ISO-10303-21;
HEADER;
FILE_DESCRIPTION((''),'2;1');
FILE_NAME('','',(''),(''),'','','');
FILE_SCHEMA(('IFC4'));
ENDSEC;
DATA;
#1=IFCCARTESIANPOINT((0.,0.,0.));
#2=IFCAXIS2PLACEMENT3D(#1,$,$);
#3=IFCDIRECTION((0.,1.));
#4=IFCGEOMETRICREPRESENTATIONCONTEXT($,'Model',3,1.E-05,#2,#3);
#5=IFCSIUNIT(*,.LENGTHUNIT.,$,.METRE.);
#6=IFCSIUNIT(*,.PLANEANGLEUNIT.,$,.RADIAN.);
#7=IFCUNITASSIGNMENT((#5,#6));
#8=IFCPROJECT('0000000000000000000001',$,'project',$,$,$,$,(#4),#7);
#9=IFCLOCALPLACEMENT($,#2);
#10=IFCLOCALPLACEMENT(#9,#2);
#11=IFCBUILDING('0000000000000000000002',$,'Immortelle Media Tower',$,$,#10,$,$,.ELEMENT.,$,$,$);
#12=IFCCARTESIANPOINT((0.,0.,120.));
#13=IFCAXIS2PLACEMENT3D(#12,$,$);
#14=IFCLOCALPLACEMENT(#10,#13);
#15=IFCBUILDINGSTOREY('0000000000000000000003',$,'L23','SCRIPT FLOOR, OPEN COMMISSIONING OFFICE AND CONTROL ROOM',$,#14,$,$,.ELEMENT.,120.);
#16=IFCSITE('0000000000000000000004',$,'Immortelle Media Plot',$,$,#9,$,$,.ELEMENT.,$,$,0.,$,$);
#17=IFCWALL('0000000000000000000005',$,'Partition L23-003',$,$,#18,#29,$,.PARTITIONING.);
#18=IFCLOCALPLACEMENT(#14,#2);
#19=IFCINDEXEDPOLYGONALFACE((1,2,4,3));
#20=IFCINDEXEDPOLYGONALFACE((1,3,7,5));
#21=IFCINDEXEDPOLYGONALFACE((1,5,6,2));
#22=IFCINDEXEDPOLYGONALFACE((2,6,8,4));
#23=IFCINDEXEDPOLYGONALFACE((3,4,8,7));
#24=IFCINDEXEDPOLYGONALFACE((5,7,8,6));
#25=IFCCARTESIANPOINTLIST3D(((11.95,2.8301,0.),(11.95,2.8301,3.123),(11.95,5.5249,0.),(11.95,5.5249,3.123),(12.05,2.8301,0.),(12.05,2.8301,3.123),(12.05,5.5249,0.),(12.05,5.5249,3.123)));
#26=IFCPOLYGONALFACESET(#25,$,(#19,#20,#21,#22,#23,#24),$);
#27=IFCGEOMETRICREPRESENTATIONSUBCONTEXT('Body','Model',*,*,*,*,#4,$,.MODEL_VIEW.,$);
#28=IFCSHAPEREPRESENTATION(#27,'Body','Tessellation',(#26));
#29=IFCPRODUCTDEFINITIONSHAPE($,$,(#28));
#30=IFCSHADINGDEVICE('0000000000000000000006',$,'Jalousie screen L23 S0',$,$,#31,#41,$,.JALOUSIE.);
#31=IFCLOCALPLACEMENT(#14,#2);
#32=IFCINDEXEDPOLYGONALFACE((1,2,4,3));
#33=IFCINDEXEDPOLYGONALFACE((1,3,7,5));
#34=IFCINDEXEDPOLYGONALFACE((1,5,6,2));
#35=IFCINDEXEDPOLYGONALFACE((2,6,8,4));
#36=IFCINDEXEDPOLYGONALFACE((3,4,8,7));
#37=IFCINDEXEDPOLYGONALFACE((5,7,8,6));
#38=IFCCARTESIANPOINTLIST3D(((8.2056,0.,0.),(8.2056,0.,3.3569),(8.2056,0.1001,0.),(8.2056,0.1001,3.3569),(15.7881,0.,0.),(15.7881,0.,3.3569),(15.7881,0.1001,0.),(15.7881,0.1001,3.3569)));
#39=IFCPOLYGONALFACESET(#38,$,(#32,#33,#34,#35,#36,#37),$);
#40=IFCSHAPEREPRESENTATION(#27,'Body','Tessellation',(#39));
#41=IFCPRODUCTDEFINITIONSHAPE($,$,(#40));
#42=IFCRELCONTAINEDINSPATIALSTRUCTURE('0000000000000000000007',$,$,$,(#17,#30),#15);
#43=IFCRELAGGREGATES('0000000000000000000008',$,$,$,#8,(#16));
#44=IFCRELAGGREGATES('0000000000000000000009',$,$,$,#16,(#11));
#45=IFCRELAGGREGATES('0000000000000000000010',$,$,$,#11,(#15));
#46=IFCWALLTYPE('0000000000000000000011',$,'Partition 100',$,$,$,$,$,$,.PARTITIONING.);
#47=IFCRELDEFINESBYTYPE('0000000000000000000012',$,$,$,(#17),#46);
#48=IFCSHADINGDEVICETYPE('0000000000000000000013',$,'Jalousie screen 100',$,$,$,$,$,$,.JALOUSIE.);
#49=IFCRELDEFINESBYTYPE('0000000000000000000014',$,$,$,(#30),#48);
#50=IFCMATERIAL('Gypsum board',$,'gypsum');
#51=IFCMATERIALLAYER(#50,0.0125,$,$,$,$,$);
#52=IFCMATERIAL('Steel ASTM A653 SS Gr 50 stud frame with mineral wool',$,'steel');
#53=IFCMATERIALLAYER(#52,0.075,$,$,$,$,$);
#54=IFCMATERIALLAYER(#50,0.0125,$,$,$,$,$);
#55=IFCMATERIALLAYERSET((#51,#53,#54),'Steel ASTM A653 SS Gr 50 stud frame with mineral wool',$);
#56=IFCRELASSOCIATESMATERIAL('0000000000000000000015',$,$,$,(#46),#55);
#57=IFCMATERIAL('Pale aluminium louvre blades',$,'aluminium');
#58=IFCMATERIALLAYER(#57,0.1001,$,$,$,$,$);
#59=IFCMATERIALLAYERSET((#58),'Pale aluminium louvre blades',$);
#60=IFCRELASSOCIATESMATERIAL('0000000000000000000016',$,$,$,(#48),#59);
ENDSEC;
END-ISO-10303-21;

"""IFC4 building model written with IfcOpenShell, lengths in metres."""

from ifc_helpers import new_model, si_unit, direction, frame, frame_2d, origin, origin_2d, place, context, subcontext, project, spatial, rectangle, extrude, material, layer, layer_set, type_object, element, save


model = new_model("IFC4")

# Units and contexts
model_context = context("Model", 3, precision=1e-05, world=origin(), true_north=direction((0.0, 1.0)))
body_context = subcontext(model_context, "Body", "Model", "MODEL_VIEW")
ifc_project = project(units=[si_unit("LENGTHUNIT", "METRE"), si_unit("PLANEANGLEUNIT", "RADIAN")], contexts=[model_context])

# Site, building, storey
site_placement = place(None, origin())
site = spatial("IfcSite", under=ifc_project, at=site_placement, Name="Immortelle Media Plot", CompositionType="ELEMENT", RefElevation=0.0)
building_placement = place(site_placement, origin())
building = spatial("IfcBuilding", under=site, at=building_placement, Name="Immortelle Media Tower", CompositionType="ELEMENT")
storey_placement = place(building_placement, frame((0.0, 0.0, 120.0)))
storey = spatial("IfcBuildingStorey", under=building, at=storey_placement, Name="L23", Description="SCRIPT FLOOR, OPEN COMMISSIONING OFFICE AND CONTROL ROOM", CompositionType="ELEMENT", Elevation=120.0)

# Shared definitions
ifc_material_1 = material(Name="Steel ASTM A653 SS Gr 50 stud frame with mineral wool", Category="steel")

# Wall
ifc_material_2 = material(Name="Gypsum board", Category="gypsum")
ifc_layer_1 = layer(ifc_material_2, 0.0125)
ifc_layer_2 = layer(ifc_material_1, 0.075)
ifc_layer_3 = layer(ifc_material_2, 0.0125)
ifc_layer_set_1 = layer_set([ifc_layer_1, ifc_layer_2, ifc_layer_3], Name="Steel ASTM A653 SS Gr 50 stud frame with mineral wool")
wall_type_1 = type_object("IfcWallType", Name="Partition 100", PredefinedType="PARTITIONING", material=ifc_layer_set_1)
for number, where, z_axis, x_axis, name in (
    (1, (12.0, 2.8301, 0.0), (0.0, 0.0, 1.0), (0.0, 1.0, 0.0), "Partition L23-003"),
):
    element("IfcWall", number, at=place(storey_placement, frame(where, z_axis=z_axis, x_axis=x_axis)), inside=storey, type_object=wall_type_1, Name=name, PredefinedType="PARTITIONING", context=body_context, shape_type="SweptSolid", body=[
        extrude(rectangle(XDim=2.6948, YDim=0.1001, at=frame_2d((1.3474, 0.0))), origin(), (0.0, 0.0, 1.0), 3.123),
    ])

# Shading device
ifc_material_3 = material(Name="Pale aluminium louvre blades", Category="aluminium")
ifc_layer_4 = layer(ifc_material_3, 0.1001)
ifc_layer_set_2 = layer_set([ifc_layer_4], Name="Pale aluminium louvre blades")
shading_device_type = type_object("IfcShadingDeviceType", Name="Jalousie screen 100", PredefinedType="JALOUSIE", material=ifc_layer_set_2)
shading_device_placement = place(storey_placement, frame((11.9968, 0.05, 0.0), z_axis=(0.0, 0.0, 1.0), x_axis=(1.0, 0.0, 0.0)))
element("IfcShadingDevice", 2, at=shading_device_placement, inside=storey, type_object=shading_device_type, Name="Jalousie screen L23 S0", PredefinedType="JALOUSIE", context=body_context, shape_type="SweptSolid", body=[
    extrude(rectangle(XDim=7.5825, YDim=0.1001, at=origin_2d()), origin(), (0.0, 0.0, 1.0), 3.3569),
])

save(model, "model.ifc")
